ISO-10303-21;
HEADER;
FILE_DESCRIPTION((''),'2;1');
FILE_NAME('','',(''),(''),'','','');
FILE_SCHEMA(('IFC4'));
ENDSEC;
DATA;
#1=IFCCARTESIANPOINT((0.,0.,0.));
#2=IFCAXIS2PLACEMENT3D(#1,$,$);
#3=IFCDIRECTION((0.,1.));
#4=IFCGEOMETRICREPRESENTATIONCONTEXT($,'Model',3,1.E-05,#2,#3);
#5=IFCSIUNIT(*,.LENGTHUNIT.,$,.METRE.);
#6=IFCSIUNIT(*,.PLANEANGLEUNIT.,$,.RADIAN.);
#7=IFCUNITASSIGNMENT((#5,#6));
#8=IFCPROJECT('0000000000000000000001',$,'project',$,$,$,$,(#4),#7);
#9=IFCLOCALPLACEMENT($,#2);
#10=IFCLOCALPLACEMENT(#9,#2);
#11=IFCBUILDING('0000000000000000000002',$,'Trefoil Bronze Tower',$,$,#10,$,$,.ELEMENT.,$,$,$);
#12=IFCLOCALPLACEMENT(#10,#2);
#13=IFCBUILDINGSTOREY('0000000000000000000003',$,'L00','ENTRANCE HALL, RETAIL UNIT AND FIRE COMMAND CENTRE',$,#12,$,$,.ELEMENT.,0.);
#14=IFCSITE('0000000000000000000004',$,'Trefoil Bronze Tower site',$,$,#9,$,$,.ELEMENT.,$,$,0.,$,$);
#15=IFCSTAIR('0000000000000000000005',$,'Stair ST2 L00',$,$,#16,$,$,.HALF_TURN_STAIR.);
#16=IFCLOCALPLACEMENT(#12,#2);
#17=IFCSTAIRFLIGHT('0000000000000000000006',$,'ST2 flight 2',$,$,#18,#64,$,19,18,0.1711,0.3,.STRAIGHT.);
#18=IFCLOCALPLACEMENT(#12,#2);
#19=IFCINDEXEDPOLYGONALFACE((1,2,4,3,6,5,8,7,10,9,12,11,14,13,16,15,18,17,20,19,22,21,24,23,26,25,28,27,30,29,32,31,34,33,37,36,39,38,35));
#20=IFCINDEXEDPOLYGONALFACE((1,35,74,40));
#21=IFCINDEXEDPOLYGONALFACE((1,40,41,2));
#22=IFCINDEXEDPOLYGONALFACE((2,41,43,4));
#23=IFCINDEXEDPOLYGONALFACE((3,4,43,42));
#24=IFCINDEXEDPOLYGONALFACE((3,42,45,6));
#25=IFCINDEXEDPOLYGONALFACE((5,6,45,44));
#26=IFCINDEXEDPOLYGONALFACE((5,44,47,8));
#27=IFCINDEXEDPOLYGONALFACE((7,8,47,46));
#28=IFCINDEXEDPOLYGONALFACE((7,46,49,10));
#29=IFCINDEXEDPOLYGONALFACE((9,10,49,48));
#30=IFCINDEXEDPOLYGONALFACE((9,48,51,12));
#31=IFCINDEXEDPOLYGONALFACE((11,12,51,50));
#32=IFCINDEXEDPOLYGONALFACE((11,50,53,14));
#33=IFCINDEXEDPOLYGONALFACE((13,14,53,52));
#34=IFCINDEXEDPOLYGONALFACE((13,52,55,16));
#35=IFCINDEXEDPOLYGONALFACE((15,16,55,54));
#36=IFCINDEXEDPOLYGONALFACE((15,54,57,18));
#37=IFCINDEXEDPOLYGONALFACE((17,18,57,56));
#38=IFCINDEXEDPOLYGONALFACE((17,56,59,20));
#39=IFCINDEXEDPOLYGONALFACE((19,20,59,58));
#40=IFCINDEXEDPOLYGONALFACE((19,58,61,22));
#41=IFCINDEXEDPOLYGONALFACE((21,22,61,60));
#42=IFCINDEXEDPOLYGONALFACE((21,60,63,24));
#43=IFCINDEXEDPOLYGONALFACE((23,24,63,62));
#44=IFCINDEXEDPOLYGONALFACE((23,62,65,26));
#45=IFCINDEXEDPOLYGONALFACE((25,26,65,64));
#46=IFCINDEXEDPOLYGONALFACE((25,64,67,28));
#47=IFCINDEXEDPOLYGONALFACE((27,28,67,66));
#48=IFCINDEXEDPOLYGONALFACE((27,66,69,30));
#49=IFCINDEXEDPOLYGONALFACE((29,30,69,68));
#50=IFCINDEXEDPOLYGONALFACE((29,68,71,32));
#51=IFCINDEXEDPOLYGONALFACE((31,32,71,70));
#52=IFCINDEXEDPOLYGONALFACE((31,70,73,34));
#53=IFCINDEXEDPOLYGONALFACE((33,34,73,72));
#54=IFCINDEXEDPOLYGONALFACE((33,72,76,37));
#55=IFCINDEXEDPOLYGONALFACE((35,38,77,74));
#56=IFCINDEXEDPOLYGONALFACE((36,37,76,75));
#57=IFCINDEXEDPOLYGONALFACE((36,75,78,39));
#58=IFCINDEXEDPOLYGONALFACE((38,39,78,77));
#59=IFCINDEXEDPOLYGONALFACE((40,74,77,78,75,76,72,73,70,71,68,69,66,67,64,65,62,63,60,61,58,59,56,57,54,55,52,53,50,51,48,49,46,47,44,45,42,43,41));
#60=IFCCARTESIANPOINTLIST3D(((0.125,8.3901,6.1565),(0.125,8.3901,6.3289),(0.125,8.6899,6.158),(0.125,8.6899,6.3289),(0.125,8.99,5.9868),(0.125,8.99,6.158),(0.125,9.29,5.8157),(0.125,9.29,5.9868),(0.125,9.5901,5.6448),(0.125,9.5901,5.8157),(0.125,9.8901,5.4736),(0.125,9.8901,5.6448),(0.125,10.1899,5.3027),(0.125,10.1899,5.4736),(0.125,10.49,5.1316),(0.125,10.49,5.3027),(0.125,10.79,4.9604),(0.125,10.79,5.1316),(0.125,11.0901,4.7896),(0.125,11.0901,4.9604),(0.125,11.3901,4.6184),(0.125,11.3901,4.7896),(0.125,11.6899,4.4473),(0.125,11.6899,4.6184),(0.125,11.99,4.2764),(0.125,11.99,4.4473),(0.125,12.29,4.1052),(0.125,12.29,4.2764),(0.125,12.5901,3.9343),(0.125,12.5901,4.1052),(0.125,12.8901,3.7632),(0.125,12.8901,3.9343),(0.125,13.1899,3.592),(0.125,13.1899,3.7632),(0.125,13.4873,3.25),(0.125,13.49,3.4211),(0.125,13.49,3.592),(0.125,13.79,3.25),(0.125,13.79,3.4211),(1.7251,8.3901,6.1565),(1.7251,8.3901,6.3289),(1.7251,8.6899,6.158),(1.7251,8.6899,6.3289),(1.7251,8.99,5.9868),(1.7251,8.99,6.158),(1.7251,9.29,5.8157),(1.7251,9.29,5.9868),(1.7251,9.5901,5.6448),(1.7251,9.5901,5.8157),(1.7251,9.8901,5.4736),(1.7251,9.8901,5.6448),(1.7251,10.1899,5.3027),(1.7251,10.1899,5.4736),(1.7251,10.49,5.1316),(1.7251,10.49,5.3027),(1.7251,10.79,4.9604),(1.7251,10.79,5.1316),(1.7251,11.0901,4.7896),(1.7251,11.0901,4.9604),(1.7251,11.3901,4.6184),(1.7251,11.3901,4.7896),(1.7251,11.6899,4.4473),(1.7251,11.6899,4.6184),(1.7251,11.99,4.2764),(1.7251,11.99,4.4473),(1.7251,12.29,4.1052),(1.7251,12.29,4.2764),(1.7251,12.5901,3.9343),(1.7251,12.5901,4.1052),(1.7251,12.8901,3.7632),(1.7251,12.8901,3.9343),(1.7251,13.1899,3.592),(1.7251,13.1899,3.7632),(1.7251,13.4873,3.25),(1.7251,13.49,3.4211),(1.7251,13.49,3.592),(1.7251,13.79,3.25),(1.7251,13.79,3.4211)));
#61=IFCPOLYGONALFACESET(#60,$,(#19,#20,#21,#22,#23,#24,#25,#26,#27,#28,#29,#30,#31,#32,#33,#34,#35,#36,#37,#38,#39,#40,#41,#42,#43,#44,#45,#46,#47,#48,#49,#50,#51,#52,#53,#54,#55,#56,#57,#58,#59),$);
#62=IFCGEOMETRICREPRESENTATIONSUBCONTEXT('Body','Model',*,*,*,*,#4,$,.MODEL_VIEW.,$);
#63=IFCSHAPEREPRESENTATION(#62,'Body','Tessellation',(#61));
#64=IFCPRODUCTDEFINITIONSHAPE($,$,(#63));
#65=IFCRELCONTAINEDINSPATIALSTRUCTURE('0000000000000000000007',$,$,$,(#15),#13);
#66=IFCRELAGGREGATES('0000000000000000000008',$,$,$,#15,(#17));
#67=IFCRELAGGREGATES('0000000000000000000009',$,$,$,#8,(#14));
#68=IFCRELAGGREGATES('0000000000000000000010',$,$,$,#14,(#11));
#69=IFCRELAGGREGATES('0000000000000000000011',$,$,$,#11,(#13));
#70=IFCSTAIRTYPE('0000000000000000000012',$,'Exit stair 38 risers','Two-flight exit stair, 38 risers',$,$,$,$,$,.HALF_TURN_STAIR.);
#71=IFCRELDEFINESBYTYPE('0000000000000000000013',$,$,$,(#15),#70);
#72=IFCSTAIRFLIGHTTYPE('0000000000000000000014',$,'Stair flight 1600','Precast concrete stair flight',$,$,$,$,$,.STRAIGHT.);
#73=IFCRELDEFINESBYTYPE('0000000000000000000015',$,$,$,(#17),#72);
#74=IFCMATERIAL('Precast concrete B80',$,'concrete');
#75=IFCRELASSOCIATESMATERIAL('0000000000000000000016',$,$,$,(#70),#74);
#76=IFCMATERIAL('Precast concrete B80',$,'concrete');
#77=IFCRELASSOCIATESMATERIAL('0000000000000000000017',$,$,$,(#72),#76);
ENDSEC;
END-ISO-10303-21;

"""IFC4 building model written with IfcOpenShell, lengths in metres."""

from ifc_helpers import new_model, si_unit, direction, frame, origin, place, context, subcontext, project, spatial, polyline, outline, extrude, material, type_object, element, aggregate, save


model = new_model("IFC4")

# Units and contexts
model_context = context("Model", 3, precision=1e-05, world=origin(), true_north=direction((0.0, 1.0)))
body_context = subcontext(model_context, "Body", "Model", "MODEL_VIEW")
ifc_project = project(units=[si_unit("LENGTHUNIT", "METRE"), si_unit("PLANEANGLEUNIT", "RADIAN")], contexts=[model_context])

# Site, building, storey
site_placement = place(None, origin())
site = spatial("IfcSite", under=ifc_project, at=site_placement, Name="Trefoil Bronze Tower site", CompositionType="ELEMENT", RefElevation=0.0)
building_placement = place(site_placement, origin())
building = spatial("IfcBuilding", under=site, at=building_placement, Name="Trefoil Bronze Tower", CompositionType="ELEMENT")
storey_placement = place(building_placement, origin())
storey = spatial("IfcBuildingStorey", under=building, at=storey_placement, Name="L00", Description="ENTRANCE HALL, RETAIL UNIT AND FIRE COMMAND CENTRE", CompositionType="ELEMENT", Elevation=0.0)

# Stair, stair flight
ifc_material_1 = material(Name="Precast concrete B80", Category="concrete")
stair_type = type_object("IfcStairType", Name="Exit stair 38 risers", Description="Two-flight exit stair, 38 risers", PredefinedType="HALF_TURN_STAIR", material=ifc_material_1)
stair_placement = place(storey_placement, origin())
stair = element("IfcStair", 1, at=stair_placement, inside=storey, type_object=stair_type, Name="Stair ST2 L00", PredefinedType="HALF_TURN_STAIR")
ifc_material_2 = material(Name="Precast concrete B80", Category="concrete")
stair_flight_type = type_object("IfcStairFlightType", Name="Stair flight 1600", Description="Precast concrete stair flight", PredefinedType="STRAIGHT", material=ifc_material_2)
stair_flight_placement = place(storey_placement, frame((0.925, 13.79, 3.25), z_axis=(0.0, 0.0, 1.0), x_axis=(0.0, -1.0, 0.0)))
stair_flight = element("IfcStairFlight", 2, at=stair_flight_placement, type_object=stair_flight_type, Name="ST2 flight 2", NumberOfRisers=19, NumberOfTreads=18, PredefinedType="STRAIGHT", RiserHeight=0.1711, TreadLength=0.3, context=body_context, shape_type="SweptSolid", body=[
    extrude(outline(polyline([(0.0, 0.0), (0.0, 0.1711), (0.3, 0.1711), (0.3, 0.342), (0.6001, 0.342), (0.6001, 0.5132), (0.8999, 0.5132), (0.8999, 0.6843), (1.2, 0.6843), (1.2, 0.8552), (1.5, 0.8552), (1.5, 1.0264), (1.8, 1.0264), (1.8, 1.1973), (2.1001, 1.1973), (2.1001, 1.3684), (2.3999, 1.3684), (2.3999, 1.5396), (2.7, 1.5396), (2.7, 1.7104), (3.0, 1.7104), (3.0, 1.8816), (3.3, 1.8816), (3.3, 2.0527), (3.6001, 2.0527), (3.6001, 2.2236), (3.8999, 2.2236), (3.8999, 2.3948), (4.2, 2.3948), (4.2, 2.5657), (4.5, 2.5657), (4.5, 2.7368), (4.8, 2.7368), (4.8, 2.908), (5.1001, 2.908), (5.1001, 3.0789), (5.3999, 3.0789), (5.3999, 3.25), (5.3999, 2.9065), (0.3027, 0.0), (0.0, 0.0)])), frame((0.0, 0.8, 0.0), z_axis=(0.0, -1.0, 0.0), x_axis=(1.0, 0.0, 0.0)), (0.0, 0.0, 1.0), 1.6001),
])
aggregate(stair, [stair_flight])

save(model, "model.ifc")
